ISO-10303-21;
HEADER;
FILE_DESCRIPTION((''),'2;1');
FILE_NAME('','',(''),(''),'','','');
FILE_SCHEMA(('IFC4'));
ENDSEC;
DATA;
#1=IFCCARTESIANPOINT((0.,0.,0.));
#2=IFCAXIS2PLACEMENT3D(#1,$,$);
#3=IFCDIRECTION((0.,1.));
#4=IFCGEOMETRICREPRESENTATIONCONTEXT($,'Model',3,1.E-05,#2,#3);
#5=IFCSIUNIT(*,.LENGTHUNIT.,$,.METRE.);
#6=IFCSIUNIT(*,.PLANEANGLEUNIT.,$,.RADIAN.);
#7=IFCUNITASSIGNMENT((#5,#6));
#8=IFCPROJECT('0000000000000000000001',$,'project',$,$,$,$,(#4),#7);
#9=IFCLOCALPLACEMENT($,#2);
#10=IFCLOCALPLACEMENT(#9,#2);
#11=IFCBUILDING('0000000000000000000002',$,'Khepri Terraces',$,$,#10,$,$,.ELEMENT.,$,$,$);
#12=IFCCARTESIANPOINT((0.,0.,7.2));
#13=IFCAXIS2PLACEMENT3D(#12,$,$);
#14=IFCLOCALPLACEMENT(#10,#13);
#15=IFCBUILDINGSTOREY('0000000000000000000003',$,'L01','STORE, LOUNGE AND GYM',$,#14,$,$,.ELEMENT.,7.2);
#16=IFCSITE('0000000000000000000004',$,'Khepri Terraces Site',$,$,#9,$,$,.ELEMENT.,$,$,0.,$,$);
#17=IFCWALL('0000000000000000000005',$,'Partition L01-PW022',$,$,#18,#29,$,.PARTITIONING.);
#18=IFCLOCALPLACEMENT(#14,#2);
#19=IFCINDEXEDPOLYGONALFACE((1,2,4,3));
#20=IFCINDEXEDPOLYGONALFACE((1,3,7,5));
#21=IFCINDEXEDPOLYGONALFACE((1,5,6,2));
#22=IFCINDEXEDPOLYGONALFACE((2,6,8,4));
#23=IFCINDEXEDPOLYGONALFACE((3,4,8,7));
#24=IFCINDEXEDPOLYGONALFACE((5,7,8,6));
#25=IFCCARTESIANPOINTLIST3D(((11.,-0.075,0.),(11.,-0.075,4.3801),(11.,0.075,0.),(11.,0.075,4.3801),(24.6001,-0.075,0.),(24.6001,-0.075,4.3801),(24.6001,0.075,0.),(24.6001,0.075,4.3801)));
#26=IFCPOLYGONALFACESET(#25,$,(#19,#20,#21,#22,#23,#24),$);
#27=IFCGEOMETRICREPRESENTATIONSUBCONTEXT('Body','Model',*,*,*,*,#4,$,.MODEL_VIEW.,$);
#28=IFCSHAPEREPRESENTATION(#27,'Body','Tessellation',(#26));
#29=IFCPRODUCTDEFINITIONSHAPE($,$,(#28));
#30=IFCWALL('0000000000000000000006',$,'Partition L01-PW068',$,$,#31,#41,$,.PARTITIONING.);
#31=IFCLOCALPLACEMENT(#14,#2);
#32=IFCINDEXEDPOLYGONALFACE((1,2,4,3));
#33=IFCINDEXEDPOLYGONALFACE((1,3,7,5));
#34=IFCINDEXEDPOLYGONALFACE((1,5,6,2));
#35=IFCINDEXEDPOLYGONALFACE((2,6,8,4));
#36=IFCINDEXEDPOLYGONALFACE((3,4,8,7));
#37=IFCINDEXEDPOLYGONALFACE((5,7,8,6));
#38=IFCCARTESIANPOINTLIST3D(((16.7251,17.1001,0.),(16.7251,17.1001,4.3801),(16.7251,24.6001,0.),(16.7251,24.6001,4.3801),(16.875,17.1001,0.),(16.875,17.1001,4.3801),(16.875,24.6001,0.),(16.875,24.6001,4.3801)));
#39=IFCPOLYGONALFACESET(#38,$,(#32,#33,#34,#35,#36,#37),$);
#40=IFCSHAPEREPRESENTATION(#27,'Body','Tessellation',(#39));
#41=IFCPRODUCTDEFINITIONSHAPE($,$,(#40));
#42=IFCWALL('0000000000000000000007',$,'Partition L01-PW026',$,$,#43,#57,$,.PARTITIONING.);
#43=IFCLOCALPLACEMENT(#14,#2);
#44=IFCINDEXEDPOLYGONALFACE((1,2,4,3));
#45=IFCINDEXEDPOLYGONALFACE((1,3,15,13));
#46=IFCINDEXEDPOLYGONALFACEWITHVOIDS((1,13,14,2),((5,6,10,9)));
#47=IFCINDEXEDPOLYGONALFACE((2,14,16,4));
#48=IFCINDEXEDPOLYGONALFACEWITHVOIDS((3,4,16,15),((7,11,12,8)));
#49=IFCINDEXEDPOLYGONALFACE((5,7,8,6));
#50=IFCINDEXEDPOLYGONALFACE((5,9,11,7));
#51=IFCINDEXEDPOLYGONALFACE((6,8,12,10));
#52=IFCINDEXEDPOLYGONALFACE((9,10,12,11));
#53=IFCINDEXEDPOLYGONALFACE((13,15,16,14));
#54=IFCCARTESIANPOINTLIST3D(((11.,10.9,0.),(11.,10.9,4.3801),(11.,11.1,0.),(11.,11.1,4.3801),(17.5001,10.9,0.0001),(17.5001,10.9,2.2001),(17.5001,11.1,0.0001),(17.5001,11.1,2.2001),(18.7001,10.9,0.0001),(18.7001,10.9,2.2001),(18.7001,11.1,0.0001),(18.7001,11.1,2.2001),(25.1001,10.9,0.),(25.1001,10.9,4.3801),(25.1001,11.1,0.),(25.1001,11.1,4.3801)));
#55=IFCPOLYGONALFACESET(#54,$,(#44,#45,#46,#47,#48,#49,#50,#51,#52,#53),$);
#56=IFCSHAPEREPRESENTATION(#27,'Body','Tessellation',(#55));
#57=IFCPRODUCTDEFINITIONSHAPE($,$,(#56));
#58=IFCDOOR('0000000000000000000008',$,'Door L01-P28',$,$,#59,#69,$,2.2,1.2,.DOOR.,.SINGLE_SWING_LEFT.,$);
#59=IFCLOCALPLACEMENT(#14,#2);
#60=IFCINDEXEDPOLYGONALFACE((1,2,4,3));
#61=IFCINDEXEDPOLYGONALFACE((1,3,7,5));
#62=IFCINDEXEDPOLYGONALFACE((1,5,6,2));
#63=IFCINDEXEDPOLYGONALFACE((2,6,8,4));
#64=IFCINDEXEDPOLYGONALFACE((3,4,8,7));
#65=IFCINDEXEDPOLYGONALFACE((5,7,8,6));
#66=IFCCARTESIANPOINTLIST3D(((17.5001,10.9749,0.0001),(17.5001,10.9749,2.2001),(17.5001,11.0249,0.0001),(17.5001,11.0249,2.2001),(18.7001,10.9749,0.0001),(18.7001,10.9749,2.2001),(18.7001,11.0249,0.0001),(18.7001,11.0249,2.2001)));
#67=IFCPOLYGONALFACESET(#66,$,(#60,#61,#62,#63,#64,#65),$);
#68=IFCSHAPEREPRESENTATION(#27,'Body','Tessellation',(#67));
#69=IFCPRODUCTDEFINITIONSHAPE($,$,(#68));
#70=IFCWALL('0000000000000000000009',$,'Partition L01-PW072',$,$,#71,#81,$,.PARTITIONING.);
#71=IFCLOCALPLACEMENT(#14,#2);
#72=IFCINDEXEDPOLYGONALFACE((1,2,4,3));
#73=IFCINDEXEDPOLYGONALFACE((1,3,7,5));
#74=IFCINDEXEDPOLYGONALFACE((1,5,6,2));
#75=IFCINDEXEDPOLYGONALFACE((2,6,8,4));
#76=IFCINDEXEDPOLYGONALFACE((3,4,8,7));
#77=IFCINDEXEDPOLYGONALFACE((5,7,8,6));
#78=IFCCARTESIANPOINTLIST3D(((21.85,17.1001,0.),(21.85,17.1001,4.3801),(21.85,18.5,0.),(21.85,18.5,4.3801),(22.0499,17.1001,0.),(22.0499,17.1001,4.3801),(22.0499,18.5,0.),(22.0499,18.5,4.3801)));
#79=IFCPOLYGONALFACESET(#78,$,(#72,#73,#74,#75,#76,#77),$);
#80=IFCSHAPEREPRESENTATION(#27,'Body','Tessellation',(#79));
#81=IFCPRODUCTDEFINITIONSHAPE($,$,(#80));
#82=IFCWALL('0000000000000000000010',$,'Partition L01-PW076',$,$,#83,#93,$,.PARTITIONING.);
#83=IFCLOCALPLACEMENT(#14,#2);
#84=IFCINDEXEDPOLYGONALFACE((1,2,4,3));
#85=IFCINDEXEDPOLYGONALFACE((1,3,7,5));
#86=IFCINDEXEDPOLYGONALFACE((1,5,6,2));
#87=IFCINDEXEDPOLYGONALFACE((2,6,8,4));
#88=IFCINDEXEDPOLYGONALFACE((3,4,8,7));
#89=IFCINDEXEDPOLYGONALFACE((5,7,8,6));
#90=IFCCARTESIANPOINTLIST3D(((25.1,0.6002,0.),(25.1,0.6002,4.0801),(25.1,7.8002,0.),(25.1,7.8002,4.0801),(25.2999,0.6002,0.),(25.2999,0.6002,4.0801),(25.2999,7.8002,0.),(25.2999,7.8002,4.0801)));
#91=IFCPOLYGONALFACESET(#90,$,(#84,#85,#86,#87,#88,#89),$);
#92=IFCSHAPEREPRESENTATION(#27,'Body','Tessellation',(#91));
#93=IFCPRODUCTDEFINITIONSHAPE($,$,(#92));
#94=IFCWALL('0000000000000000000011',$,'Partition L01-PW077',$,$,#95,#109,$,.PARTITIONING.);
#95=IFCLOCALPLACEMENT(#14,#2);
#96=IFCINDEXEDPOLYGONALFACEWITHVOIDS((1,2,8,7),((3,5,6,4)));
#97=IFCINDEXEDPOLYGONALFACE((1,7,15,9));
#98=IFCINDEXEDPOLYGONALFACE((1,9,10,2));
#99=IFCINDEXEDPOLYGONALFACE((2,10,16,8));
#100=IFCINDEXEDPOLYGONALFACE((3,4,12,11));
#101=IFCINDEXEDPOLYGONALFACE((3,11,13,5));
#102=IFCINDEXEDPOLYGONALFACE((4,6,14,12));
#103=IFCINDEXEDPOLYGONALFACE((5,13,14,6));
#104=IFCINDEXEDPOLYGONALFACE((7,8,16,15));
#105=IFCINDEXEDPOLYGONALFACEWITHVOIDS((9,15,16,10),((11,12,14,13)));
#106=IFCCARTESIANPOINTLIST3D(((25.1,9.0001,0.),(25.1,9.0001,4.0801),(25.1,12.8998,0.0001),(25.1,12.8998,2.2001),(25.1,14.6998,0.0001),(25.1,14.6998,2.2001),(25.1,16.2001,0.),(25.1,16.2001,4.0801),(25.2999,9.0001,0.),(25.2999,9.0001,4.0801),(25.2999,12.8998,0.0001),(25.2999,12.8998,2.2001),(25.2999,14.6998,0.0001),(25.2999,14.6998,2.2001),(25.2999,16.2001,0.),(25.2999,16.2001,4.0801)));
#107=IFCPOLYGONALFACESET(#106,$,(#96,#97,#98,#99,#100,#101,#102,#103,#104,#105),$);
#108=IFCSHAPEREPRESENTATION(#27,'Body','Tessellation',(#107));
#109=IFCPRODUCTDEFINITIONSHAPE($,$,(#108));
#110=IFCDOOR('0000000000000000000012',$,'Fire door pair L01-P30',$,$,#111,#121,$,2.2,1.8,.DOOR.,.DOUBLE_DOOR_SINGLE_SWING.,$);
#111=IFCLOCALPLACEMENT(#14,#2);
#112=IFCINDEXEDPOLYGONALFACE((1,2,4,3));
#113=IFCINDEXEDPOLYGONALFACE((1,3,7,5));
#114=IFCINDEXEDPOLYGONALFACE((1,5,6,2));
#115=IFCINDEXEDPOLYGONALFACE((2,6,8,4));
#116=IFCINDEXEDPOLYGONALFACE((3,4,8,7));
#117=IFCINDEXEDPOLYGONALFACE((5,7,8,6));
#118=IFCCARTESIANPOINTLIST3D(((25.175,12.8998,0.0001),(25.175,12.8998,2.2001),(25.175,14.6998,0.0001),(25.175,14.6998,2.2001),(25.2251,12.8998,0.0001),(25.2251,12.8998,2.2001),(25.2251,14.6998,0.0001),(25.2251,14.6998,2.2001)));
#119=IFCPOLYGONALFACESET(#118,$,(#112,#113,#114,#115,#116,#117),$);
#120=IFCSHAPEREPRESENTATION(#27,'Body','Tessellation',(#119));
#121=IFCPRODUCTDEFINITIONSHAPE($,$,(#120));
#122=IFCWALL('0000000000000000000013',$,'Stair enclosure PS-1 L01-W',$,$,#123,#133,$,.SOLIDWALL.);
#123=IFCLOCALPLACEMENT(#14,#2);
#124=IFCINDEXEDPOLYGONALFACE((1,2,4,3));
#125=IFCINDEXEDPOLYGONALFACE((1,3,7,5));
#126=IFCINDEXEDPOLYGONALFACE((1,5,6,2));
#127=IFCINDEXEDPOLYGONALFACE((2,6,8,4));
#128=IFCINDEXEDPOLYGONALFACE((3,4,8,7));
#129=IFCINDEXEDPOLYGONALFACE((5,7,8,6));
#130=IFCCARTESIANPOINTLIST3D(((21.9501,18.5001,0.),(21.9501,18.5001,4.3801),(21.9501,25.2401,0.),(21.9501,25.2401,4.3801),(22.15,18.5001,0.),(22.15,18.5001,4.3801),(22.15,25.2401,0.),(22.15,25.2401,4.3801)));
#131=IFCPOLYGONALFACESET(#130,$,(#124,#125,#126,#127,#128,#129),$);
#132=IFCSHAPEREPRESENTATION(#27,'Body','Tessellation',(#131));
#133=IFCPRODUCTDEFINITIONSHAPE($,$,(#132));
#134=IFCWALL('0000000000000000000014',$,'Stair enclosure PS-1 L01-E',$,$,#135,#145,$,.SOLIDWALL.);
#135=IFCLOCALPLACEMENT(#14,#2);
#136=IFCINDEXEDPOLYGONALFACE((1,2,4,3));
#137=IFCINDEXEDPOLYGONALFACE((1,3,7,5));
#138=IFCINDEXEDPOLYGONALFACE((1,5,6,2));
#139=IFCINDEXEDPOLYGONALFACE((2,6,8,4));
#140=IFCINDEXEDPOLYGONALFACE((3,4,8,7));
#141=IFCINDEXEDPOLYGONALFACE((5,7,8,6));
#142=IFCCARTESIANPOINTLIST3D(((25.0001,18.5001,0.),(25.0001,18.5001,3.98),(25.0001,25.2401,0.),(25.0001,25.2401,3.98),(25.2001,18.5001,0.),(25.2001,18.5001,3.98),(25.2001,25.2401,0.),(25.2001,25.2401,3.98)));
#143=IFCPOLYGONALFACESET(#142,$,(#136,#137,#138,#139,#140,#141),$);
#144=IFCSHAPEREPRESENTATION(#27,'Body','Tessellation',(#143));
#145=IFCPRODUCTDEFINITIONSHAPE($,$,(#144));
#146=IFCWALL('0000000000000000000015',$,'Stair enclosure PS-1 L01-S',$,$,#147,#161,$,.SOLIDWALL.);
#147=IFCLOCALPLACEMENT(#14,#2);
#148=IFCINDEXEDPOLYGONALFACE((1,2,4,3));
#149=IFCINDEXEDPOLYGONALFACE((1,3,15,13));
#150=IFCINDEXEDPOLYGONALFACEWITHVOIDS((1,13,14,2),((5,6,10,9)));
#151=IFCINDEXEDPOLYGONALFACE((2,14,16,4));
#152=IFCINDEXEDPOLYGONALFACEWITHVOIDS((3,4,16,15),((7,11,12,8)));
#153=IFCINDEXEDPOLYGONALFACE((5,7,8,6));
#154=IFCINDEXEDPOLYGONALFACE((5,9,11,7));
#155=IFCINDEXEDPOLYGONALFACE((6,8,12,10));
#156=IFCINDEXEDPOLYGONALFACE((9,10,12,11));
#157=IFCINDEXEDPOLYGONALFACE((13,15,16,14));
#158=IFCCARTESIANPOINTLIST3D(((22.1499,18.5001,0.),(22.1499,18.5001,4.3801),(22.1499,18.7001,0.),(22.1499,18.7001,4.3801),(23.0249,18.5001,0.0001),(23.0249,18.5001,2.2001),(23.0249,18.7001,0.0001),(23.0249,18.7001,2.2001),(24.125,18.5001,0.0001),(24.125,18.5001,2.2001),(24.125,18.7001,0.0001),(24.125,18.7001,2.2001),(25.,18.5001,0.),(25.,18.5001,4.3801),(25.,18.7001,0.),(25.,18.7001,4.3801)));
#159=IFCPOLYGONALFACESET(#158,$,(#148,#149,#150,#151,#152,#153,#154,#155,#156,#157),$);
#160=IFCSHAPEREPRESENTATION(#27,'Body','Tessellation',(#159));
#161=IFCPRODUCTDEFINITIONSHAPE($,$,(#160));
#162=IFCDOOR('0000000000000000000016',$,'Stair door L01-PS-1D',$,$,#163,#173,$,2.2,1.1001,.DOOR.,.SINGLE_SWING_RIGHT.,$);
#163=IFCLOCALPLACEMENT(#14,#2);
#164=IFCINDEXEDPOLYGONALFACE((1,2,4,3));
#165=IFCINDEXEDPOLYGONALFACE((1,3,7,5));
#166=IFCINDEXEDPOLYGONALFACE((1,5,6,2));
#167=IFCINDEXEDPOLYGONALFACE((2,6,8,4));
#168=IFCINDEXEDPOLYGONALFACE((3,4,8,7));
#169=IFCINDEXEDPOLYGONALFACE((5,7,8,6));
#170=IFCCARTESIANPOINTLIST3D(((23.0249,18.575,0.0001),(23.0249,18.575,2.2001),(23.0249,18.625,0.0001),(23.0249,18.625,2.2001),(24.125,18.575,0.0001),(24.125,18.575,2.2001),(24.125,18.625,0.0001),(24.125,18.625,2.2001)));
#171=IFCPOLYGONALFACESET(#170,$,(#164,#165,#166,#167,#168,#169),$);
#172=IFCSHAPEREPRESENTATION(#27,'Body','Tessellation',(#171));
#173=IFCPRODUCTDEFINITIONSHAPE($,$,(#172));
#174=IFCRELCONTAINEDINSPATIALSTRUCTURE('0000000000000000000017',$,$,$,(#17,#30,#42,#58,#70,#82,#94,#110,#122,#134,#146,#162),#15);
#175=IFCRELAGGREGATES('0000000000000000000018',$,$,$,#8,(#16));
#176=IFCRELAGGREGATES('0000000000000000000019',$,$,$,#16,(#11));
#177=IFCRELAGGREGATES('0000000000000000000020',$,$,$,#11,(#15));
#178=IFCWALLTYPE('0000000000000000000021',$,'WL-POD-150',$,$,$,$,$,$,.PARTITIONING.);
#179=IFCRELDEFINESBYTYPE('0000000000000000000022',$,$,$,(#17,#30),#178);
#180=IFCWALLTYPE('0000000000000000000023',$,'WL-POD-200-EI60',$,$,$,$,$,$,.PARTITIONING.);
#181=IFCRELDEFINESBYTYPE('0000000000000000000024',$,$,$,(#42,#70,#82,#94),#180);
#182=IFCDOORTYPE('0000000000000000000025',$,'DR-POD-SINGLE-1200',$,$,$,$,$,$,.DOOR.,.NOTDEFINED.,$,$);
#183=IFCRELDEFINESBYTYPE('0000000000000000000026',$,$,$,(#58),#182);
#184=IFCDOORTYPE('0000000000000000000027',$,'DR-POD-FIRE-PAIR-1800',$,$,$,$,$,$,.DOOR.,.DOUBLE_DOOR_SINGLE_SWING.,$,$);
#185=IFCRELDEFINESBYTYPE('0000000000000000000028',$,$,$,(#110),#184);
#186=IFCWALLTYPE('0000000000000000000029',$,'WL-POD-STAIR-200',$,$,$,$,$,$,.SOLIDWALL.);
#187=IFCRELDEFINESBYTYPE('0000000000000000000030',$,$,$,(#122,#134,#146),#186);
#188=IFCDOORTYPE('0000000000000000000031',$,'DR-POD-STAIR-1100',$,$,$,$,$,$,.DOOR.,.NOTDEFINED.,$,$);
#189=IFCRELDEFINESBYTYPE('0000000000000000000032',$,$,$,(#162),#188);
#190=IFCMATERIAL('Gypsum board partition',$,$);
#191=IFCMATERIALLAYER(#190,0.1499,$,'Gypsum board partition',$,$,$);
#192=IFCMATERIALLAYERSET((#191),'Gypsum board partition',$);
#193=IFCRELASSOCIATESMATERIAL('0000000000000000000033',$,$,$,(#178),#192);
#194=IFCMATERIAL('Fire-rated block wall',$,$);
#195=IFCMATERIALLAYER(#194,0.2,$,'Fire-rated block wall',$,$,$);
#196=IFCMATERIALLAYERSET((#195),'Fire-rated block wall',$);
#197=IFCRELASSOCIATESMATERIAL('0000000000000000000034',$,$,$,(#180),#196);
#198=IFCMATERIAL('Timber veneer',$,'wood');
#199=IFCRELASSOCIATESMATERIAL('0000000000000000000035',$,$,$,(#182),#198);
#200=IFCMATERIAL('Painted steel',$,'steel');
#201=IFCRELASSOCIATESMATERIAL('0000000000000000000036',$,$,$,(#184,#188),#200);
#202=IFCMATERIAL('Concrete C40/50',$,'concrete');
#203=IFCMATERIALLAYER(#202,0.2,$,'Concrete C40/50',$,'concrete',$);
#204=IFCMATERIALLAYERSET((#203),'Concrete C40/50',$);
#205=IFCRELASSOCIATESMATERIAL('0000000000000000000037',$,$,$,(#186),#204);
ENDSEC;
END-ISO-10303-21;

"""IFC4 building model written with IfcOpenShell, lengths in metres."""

from ifc_helpers import new_model, si_unit, direction, frame, frame_2d, origin, place, context, subcontext, project, spatial, rectangle, extrude, material, layer, layer_set, type_object, element, fill, save


model = new_model("IFC4")

# Units and contexts
model_context = context("Model", 3, precision=1e-05, world=origin(), true_north=direction((0.0, 1.0)))
body_context = subcontext(model_context, "Body", "Model", "MODEL_VIEW")
ifc_project = project(units=[si_unit("LENGTHUNIT", "METRE"), si_unit("PLANEANGLEUNIT", "RADIAN")], contexts=[model_context])

# Site, building, storey
site_placement = place(None, origin())
site = spatial("IfcSite", under=ifc_project, at=site_placement, Name="Khepri Terraces Site", CompositionType="ELEMENT", RefElevation=0.0)
building_placement = place(site_placement, origin())
building = spatial("IfcBuilding", under=site, at=building_placement, Name="Khepri Terraces", CompositionType="ELEMENT")
storey_placement = place(building_placement, frame((0.0, 0.0, 7.2)))
storey = spatial("IfcBuildingStorey", under=building, at=storey_placement, Name="L01", Description="STORE, LOUNGE AND GYM", CompositionType="ELEMENT", Elevation=7.2)

# Walls
ifc_material_1 = material(Name="Gypsum board partition")
ifc_layer_1 = layer(ifc_material_1, 0.1499, Name="Gypsum board partition")
ifc_layer_set_1 = layer_set([ifc_layer_1], Name="Gypsum board partition")
wall_type_1 = type_object("IfcWallType", Name="WL-POD-150", PredefinedType="PARTITIONING", material=ifc_layer_set_1)
wall_1_placement = place(storey_placement, frame((11.0, 0.0, 0.0), z_axis=(0.0, 0.0, 1.0), x_axis=(1.0, 0.0, 0.0)))
element("IfcWall", 1, at=wall_1_placement, inside=storey, type_object=wall_type_1, Name="Partition L01-PW022", PredefinedType="PARTITIONING", context=body_context, shape_type="SweptSolid", body=[
    extrude(rectangle(XDim=13.6001, YDim=0.1499, at=frame_2d((6.8, 0.0))), origin(), (0.0, 0.0, 1.0), 4.3801),
])
wall_2_placement = place(storey_placement, frame((16.8, 17.1001, 0.0), z_axis=(0.0, 0.0, 1.0), x_axis=(0.0, 1.0, 0.0)))
element("IfcWall", 2, at=wall_2_placement, inside=storey, type_object=wall_type_1, Name="Partition L01-PW068", PredefinedType="PARTITIONING", context=body_context, shape_type="SweptSolid", body=[
    extrude(rectangle(XDim=7.5, YDim=0.1499, at=frame_2d((3.75, 0.0))), origin(), (0.0, 0.0, 1.0), 4.3801),
])

# Wall, opening, door
ifc_material_2 = material(Name="Fire-rated block wall")
ifc_layer_2 = layer(ifc_material_2, 0.2, Name="Fire-rated block wall")
ifc_layer_set_2 = layer_set([ifc_layer_2], Name="Fire-rated block wall")
wall_type_2 = type_object("IfcWallType", Name="WL-POD-200-EI60", PredefinedType="PARTITIONING", material=ifc_layer_set_2)
wall_3_placement = place(storey_placement, frame((11.0, 11.0, 0.0), z_axis=(0.0, 0.0, 1.0), x_axis=(1.0, 0.0, 0.0)))
wall_3 = element("IfcWall", 3, at=wall_3_placement, inside=storey, type_object=wall_type_2, Name="Partition L01-PW026", PredefinedType="PARTITIONING", context=body_context, shape_type="SweptSolid", body=[
    extrude(rectangle(XDim=14.1001, YDim=0.2, at=frame_2d((7.05, 0.0))), origin(), (0.0, 0.0, 1.0), 4.3801),
])
opening_1_placement = place(wall_3_placement, frame((6.5, 0.0, 0.0)))
opening_1 = element("IfcOpeningElement", 4, at=opening_1_placement, cuts=wall_3, PredefinedType="OPENING", context=body_context, shape_type="SweptSolid", body=[
    extrude(rectangle(XDim=1.2, YDim=2.2, at=frame_2d((0.6001, 1.1001))), frame((0.0, 0.1099, 0.0), z_axis=(0.0, -1.0, 0.0), x_axis=(1.0, 0.0, 0.0)), (0.0, 0.0, 1.0), 0.22),
])
ifc_material_3 = material(Name="Timber veneer", Category="wood")
door_type_1 = type_object("IfcDoorType", Name="DR-POD-SINGLE-1200", OperationType="NOTDEFINED", PredefinedType="DOOR", material=ifc_material_3)
door_1_placement = place(opening_1_placement, origin())
door_1 = element("IfcDoor", 5, at=door_1_placement, inside=storey, type_object=door_type_1, Name="Door L01-P28", OperationType="SINGLE_SWING_LEFT", OverallHeight=2.2, OverallWidth=1.2, PredefinedType="DOOR", context=body_context, shape_type="SweptSolid", body=[
    extrude(rectangle(XDim=1.2, YDim=2.2, at=frame_2d((0.6001, 1.1001))), frame((0.0, 0.0249, 0.0), z_axis=(0.0, -1.0, 0.0), x_axis=(1.0, 0.0, 0.0)), (0.0, 0.0, 1.0), 0.05),
])
fill(opening_1, door_1)

# Walls
wall_4_placement = place(storey_placement, frame((21.95, 17.1001, 0.0), z_axis=(0.0, 0.0, 1.0), x_axis=(0.0, 1.0, 0.0)))
element("IfcWall", 6, at=wall_4_placement, inside=storey, type_object=wall_type_2, Name="Partition L01-PW072", PredefinedType="PARTITIONING", context=body_context, shape_type="SweptSolid", body=[
    extrude(rectangle(XDim=1.3999, YDim=0.2, at=frame_2d((0.7, 0.0))), origin(), (0.0, 0.0, 1.0), 4.3801),
])
wall_5_placement = place(storey_placement, frame((25.2, 0.6001, 0.0), z_axis=(0.0, 0.0, 1.0), x_axis=(0.0, 1.0, 0.0)))
element("IfcWall", 7, at=wall_5_placement, inside=storey, type_object=wall_type_2, Name="Partition L01-PW076", PredefinedType="PARTITIONING", context=body_context, shape_type="SweptSolid", body=[
    extrude(rectangle(XDim=7.2, YDim=0.2, at=frame_2d((3.6001, 0.0))), origin(), (0.0, 0.0, 1.0), 4.0801),
])

# Wall, opening, door
wall_6_placement = place(storey_placement, frame((25.2, 9.0, 0.0), z_axis=(0.0, 0.0, 1.0), x_axis=(0.0, 1.0, 0.0)))
wall_6 = element("IfcWall", 8, at=wall_6_placement, inside=storey, type_object=wall_type_2, Name="Partition L01-PW077", PredefinedType="PARTITIONING", context=body_context, shape_type="SweptSolid", body=[
    extrude(rectangle(XDim=7.2, YDim=0.2, at=frame_2d((3.6001, 0.0))), origin(), (0.0, 0.0, 1.0), 4.0801),
])
opening_2_placement = place(wall_6_placement, frame((3.8999, 0.0, 0.0)))
opening_2 = element("IfcOpeningElement", 9, at=opening_2_placement, cuts=wall_6, PredefinedType="OPENING", context=body_context, shape_type="SweptSolid", body=[
    extrude(rectangle(XDim=1.8, YDim=2.2, at=frame_2d((0.8999, 1.1001))), frame((0.0, 0.1099, 0.0), z_axis=(0.0, -1.0, 0.0), x_axis=(1.0, 0.0, 0.0)), (0.0, 0.0, 1.0), 0.22),
])
ifc_material_4 = material(Name="Painted steel", Category="steel")
door_type_2 = type_object("IfcDoorType", Name="DR-POD-FIRE-PAIR-1800", OperationType="DOUBLE_DOOR_SINGLE_SWING", PredefinedType="DOOR", material=ifc_material_4)
door_2_placement = place(opening_2_placement, origin())
door_2 = element("IfcDoor", 10, at=door_2_placement, inside=storey, type_object=door_type_2, Name="Fire door pair L01-P30", OperationType="DOUBLE_DOOR_SINGLE_SWING", OverallHeight=2.2, OverallWidth=1.8, PredefinedType="DOOR", context=body_context, shape_type="SweptSolid", body=[
    extrude(rectangle(XDim=1.8, YDim=2.2, at=frame_2d((0.8999, 1.1001))), frame((0.0, 0.0249, 0.0), z_axis=(0.0, -1.0, 0.0), x_axis=(1.0, 0.0, 0.0)), (0.0, 0.0, 1.0), 0.05),
])
fill(opening_2, door_2)

# Walls
ifc_material_5 = material(Name="Concrete C40/50", Category="concrete")
ifc_layer_3 = layer(ifc_material_5, 0.2, Name="Concrete C40/50", Category="concrete")
ifc_layer_set_3 = layer_set([ifc_layer_3], Name="Concrete C40/50")
wall_type_3 = type_object("IfcWallType", Name="WL-POD-STAIR-200", PredefinedType="SOLIDWALL", material=ifc_layer_set_3)
wall_7_placement = place(storey_placement, frame((22.05, 18.5, 0.0), z_axis=(0.0, 0.0, 1.0), x_axis=(0.0, 1.0, 0.0)))
element("IfcWall", 11, at=wall_7_placement, inside=storey, type_object=wall_type_3, Name="Stair enclosure PS-1 L01-W", PredefinedType="SOLIDWALL", context=body_context, shape_type="SweptSolid", body=[
    extrude(rectangle(XDim=6.74, YDim=0.2, at=frame_2d((3.3701, 0.0))), origin(), (0.0, 0.0, 1.0), 4.3801),
])
wall_8_placement = place(storey_placement, frame((25.1001, 18.5, 0.0), z_axis=(0.0, 0.0, 1.0), x_axis=(0.0, 1.0, 0.0)))
element("IfcWall", 12, at=wall_8_placement, inside=storey, type_object=wall_type_3, Name="Stair enclosure PS-1 L01-E", PredefinedType="SOLIDWALL", context=body_context, shape_type="SweptSolid", body=[
    extrude(rectangle(XDim=6.74, YDim=0.2, at=frame_2d((3.3701, 0.0))), origin(), (0.0, 0.0, 1.0), 3.98),
])

# Wall, opening, door
wall_9_placement = place(storey_placement, frame((22.1499, 18.6001, 0.0), z_axis=(0.0, 0.0, 1.0), x_axis=(1.0, 0.0, 0.0)))
wall_9 = element("IfcWall", 13, at=wall_9_placement, inside=storey, type_object=wall_type_3, Name="Stair enclosure PS-1 L01-S", PredefinedType="SOLIDWALL", context=body_context, shape_type="SweptSolid", body=[
    extrude(rectangle(XDim=2.8501, YDim=0.2, at=frame_2d((1.425, 0.0))), origin(), (0.0, 0.0, 1.0), 4.3801),
])
opening_3_placement = place(wall_9_placement, frame((0.875, 0.0, 0.0)))
opening_3 = element("IfcOpeningElement", 14, at=opening_3_placement, cuts=wall_9, PredefinedType="OPENING", context=body_context, shape_type="SweptSolid", body=[
    extrude(rectangle(XDim=1.1001, YDim=2.2, at=frame_2d((0.55, 1.1001))), frame((0.0, 0.1099, 0.0), z_axis=(0.0, -1.0, 0.0), x_axis=(1.0, 0.0, 0.0)), (0.0, 0.0, 1.0), 0.22),
])
door_type_3 = type_object("IfcDoorType", Name="DR-POD-STAIR-1100", OperationType="NOTDEFINED", PredefinedType="DOOR", material=ifc_material_4)
door_3_placement = place(opening_3_placement, origin())
door_3 = element("IfcDoor", 15, at=door_3_placement, inside=storey, type_object=door_type_3, Name="Stair door L01-PS-1D", OperationType="SINGLE_SWING_RIGHT", OverallHeight=2.2, OverallWidth=1.1001, PredefinedType="DOOR", context=body_context, shape_type="SweptSolid", body=[
    extrude(rectangle(XDim=1.1001, YDim=2.2, at=frame_2d((0.55, 1.1001))), frame((0.0, 0.0249, 0.0), z_axis=(0.0, -1.0, 0.0), x_axis=(1.0, 0.0, 0.0)), (0.0, 0.0, 1.0), 0.05),
])
fill(opening_3, door_3)

save(model, "model.ifc")
